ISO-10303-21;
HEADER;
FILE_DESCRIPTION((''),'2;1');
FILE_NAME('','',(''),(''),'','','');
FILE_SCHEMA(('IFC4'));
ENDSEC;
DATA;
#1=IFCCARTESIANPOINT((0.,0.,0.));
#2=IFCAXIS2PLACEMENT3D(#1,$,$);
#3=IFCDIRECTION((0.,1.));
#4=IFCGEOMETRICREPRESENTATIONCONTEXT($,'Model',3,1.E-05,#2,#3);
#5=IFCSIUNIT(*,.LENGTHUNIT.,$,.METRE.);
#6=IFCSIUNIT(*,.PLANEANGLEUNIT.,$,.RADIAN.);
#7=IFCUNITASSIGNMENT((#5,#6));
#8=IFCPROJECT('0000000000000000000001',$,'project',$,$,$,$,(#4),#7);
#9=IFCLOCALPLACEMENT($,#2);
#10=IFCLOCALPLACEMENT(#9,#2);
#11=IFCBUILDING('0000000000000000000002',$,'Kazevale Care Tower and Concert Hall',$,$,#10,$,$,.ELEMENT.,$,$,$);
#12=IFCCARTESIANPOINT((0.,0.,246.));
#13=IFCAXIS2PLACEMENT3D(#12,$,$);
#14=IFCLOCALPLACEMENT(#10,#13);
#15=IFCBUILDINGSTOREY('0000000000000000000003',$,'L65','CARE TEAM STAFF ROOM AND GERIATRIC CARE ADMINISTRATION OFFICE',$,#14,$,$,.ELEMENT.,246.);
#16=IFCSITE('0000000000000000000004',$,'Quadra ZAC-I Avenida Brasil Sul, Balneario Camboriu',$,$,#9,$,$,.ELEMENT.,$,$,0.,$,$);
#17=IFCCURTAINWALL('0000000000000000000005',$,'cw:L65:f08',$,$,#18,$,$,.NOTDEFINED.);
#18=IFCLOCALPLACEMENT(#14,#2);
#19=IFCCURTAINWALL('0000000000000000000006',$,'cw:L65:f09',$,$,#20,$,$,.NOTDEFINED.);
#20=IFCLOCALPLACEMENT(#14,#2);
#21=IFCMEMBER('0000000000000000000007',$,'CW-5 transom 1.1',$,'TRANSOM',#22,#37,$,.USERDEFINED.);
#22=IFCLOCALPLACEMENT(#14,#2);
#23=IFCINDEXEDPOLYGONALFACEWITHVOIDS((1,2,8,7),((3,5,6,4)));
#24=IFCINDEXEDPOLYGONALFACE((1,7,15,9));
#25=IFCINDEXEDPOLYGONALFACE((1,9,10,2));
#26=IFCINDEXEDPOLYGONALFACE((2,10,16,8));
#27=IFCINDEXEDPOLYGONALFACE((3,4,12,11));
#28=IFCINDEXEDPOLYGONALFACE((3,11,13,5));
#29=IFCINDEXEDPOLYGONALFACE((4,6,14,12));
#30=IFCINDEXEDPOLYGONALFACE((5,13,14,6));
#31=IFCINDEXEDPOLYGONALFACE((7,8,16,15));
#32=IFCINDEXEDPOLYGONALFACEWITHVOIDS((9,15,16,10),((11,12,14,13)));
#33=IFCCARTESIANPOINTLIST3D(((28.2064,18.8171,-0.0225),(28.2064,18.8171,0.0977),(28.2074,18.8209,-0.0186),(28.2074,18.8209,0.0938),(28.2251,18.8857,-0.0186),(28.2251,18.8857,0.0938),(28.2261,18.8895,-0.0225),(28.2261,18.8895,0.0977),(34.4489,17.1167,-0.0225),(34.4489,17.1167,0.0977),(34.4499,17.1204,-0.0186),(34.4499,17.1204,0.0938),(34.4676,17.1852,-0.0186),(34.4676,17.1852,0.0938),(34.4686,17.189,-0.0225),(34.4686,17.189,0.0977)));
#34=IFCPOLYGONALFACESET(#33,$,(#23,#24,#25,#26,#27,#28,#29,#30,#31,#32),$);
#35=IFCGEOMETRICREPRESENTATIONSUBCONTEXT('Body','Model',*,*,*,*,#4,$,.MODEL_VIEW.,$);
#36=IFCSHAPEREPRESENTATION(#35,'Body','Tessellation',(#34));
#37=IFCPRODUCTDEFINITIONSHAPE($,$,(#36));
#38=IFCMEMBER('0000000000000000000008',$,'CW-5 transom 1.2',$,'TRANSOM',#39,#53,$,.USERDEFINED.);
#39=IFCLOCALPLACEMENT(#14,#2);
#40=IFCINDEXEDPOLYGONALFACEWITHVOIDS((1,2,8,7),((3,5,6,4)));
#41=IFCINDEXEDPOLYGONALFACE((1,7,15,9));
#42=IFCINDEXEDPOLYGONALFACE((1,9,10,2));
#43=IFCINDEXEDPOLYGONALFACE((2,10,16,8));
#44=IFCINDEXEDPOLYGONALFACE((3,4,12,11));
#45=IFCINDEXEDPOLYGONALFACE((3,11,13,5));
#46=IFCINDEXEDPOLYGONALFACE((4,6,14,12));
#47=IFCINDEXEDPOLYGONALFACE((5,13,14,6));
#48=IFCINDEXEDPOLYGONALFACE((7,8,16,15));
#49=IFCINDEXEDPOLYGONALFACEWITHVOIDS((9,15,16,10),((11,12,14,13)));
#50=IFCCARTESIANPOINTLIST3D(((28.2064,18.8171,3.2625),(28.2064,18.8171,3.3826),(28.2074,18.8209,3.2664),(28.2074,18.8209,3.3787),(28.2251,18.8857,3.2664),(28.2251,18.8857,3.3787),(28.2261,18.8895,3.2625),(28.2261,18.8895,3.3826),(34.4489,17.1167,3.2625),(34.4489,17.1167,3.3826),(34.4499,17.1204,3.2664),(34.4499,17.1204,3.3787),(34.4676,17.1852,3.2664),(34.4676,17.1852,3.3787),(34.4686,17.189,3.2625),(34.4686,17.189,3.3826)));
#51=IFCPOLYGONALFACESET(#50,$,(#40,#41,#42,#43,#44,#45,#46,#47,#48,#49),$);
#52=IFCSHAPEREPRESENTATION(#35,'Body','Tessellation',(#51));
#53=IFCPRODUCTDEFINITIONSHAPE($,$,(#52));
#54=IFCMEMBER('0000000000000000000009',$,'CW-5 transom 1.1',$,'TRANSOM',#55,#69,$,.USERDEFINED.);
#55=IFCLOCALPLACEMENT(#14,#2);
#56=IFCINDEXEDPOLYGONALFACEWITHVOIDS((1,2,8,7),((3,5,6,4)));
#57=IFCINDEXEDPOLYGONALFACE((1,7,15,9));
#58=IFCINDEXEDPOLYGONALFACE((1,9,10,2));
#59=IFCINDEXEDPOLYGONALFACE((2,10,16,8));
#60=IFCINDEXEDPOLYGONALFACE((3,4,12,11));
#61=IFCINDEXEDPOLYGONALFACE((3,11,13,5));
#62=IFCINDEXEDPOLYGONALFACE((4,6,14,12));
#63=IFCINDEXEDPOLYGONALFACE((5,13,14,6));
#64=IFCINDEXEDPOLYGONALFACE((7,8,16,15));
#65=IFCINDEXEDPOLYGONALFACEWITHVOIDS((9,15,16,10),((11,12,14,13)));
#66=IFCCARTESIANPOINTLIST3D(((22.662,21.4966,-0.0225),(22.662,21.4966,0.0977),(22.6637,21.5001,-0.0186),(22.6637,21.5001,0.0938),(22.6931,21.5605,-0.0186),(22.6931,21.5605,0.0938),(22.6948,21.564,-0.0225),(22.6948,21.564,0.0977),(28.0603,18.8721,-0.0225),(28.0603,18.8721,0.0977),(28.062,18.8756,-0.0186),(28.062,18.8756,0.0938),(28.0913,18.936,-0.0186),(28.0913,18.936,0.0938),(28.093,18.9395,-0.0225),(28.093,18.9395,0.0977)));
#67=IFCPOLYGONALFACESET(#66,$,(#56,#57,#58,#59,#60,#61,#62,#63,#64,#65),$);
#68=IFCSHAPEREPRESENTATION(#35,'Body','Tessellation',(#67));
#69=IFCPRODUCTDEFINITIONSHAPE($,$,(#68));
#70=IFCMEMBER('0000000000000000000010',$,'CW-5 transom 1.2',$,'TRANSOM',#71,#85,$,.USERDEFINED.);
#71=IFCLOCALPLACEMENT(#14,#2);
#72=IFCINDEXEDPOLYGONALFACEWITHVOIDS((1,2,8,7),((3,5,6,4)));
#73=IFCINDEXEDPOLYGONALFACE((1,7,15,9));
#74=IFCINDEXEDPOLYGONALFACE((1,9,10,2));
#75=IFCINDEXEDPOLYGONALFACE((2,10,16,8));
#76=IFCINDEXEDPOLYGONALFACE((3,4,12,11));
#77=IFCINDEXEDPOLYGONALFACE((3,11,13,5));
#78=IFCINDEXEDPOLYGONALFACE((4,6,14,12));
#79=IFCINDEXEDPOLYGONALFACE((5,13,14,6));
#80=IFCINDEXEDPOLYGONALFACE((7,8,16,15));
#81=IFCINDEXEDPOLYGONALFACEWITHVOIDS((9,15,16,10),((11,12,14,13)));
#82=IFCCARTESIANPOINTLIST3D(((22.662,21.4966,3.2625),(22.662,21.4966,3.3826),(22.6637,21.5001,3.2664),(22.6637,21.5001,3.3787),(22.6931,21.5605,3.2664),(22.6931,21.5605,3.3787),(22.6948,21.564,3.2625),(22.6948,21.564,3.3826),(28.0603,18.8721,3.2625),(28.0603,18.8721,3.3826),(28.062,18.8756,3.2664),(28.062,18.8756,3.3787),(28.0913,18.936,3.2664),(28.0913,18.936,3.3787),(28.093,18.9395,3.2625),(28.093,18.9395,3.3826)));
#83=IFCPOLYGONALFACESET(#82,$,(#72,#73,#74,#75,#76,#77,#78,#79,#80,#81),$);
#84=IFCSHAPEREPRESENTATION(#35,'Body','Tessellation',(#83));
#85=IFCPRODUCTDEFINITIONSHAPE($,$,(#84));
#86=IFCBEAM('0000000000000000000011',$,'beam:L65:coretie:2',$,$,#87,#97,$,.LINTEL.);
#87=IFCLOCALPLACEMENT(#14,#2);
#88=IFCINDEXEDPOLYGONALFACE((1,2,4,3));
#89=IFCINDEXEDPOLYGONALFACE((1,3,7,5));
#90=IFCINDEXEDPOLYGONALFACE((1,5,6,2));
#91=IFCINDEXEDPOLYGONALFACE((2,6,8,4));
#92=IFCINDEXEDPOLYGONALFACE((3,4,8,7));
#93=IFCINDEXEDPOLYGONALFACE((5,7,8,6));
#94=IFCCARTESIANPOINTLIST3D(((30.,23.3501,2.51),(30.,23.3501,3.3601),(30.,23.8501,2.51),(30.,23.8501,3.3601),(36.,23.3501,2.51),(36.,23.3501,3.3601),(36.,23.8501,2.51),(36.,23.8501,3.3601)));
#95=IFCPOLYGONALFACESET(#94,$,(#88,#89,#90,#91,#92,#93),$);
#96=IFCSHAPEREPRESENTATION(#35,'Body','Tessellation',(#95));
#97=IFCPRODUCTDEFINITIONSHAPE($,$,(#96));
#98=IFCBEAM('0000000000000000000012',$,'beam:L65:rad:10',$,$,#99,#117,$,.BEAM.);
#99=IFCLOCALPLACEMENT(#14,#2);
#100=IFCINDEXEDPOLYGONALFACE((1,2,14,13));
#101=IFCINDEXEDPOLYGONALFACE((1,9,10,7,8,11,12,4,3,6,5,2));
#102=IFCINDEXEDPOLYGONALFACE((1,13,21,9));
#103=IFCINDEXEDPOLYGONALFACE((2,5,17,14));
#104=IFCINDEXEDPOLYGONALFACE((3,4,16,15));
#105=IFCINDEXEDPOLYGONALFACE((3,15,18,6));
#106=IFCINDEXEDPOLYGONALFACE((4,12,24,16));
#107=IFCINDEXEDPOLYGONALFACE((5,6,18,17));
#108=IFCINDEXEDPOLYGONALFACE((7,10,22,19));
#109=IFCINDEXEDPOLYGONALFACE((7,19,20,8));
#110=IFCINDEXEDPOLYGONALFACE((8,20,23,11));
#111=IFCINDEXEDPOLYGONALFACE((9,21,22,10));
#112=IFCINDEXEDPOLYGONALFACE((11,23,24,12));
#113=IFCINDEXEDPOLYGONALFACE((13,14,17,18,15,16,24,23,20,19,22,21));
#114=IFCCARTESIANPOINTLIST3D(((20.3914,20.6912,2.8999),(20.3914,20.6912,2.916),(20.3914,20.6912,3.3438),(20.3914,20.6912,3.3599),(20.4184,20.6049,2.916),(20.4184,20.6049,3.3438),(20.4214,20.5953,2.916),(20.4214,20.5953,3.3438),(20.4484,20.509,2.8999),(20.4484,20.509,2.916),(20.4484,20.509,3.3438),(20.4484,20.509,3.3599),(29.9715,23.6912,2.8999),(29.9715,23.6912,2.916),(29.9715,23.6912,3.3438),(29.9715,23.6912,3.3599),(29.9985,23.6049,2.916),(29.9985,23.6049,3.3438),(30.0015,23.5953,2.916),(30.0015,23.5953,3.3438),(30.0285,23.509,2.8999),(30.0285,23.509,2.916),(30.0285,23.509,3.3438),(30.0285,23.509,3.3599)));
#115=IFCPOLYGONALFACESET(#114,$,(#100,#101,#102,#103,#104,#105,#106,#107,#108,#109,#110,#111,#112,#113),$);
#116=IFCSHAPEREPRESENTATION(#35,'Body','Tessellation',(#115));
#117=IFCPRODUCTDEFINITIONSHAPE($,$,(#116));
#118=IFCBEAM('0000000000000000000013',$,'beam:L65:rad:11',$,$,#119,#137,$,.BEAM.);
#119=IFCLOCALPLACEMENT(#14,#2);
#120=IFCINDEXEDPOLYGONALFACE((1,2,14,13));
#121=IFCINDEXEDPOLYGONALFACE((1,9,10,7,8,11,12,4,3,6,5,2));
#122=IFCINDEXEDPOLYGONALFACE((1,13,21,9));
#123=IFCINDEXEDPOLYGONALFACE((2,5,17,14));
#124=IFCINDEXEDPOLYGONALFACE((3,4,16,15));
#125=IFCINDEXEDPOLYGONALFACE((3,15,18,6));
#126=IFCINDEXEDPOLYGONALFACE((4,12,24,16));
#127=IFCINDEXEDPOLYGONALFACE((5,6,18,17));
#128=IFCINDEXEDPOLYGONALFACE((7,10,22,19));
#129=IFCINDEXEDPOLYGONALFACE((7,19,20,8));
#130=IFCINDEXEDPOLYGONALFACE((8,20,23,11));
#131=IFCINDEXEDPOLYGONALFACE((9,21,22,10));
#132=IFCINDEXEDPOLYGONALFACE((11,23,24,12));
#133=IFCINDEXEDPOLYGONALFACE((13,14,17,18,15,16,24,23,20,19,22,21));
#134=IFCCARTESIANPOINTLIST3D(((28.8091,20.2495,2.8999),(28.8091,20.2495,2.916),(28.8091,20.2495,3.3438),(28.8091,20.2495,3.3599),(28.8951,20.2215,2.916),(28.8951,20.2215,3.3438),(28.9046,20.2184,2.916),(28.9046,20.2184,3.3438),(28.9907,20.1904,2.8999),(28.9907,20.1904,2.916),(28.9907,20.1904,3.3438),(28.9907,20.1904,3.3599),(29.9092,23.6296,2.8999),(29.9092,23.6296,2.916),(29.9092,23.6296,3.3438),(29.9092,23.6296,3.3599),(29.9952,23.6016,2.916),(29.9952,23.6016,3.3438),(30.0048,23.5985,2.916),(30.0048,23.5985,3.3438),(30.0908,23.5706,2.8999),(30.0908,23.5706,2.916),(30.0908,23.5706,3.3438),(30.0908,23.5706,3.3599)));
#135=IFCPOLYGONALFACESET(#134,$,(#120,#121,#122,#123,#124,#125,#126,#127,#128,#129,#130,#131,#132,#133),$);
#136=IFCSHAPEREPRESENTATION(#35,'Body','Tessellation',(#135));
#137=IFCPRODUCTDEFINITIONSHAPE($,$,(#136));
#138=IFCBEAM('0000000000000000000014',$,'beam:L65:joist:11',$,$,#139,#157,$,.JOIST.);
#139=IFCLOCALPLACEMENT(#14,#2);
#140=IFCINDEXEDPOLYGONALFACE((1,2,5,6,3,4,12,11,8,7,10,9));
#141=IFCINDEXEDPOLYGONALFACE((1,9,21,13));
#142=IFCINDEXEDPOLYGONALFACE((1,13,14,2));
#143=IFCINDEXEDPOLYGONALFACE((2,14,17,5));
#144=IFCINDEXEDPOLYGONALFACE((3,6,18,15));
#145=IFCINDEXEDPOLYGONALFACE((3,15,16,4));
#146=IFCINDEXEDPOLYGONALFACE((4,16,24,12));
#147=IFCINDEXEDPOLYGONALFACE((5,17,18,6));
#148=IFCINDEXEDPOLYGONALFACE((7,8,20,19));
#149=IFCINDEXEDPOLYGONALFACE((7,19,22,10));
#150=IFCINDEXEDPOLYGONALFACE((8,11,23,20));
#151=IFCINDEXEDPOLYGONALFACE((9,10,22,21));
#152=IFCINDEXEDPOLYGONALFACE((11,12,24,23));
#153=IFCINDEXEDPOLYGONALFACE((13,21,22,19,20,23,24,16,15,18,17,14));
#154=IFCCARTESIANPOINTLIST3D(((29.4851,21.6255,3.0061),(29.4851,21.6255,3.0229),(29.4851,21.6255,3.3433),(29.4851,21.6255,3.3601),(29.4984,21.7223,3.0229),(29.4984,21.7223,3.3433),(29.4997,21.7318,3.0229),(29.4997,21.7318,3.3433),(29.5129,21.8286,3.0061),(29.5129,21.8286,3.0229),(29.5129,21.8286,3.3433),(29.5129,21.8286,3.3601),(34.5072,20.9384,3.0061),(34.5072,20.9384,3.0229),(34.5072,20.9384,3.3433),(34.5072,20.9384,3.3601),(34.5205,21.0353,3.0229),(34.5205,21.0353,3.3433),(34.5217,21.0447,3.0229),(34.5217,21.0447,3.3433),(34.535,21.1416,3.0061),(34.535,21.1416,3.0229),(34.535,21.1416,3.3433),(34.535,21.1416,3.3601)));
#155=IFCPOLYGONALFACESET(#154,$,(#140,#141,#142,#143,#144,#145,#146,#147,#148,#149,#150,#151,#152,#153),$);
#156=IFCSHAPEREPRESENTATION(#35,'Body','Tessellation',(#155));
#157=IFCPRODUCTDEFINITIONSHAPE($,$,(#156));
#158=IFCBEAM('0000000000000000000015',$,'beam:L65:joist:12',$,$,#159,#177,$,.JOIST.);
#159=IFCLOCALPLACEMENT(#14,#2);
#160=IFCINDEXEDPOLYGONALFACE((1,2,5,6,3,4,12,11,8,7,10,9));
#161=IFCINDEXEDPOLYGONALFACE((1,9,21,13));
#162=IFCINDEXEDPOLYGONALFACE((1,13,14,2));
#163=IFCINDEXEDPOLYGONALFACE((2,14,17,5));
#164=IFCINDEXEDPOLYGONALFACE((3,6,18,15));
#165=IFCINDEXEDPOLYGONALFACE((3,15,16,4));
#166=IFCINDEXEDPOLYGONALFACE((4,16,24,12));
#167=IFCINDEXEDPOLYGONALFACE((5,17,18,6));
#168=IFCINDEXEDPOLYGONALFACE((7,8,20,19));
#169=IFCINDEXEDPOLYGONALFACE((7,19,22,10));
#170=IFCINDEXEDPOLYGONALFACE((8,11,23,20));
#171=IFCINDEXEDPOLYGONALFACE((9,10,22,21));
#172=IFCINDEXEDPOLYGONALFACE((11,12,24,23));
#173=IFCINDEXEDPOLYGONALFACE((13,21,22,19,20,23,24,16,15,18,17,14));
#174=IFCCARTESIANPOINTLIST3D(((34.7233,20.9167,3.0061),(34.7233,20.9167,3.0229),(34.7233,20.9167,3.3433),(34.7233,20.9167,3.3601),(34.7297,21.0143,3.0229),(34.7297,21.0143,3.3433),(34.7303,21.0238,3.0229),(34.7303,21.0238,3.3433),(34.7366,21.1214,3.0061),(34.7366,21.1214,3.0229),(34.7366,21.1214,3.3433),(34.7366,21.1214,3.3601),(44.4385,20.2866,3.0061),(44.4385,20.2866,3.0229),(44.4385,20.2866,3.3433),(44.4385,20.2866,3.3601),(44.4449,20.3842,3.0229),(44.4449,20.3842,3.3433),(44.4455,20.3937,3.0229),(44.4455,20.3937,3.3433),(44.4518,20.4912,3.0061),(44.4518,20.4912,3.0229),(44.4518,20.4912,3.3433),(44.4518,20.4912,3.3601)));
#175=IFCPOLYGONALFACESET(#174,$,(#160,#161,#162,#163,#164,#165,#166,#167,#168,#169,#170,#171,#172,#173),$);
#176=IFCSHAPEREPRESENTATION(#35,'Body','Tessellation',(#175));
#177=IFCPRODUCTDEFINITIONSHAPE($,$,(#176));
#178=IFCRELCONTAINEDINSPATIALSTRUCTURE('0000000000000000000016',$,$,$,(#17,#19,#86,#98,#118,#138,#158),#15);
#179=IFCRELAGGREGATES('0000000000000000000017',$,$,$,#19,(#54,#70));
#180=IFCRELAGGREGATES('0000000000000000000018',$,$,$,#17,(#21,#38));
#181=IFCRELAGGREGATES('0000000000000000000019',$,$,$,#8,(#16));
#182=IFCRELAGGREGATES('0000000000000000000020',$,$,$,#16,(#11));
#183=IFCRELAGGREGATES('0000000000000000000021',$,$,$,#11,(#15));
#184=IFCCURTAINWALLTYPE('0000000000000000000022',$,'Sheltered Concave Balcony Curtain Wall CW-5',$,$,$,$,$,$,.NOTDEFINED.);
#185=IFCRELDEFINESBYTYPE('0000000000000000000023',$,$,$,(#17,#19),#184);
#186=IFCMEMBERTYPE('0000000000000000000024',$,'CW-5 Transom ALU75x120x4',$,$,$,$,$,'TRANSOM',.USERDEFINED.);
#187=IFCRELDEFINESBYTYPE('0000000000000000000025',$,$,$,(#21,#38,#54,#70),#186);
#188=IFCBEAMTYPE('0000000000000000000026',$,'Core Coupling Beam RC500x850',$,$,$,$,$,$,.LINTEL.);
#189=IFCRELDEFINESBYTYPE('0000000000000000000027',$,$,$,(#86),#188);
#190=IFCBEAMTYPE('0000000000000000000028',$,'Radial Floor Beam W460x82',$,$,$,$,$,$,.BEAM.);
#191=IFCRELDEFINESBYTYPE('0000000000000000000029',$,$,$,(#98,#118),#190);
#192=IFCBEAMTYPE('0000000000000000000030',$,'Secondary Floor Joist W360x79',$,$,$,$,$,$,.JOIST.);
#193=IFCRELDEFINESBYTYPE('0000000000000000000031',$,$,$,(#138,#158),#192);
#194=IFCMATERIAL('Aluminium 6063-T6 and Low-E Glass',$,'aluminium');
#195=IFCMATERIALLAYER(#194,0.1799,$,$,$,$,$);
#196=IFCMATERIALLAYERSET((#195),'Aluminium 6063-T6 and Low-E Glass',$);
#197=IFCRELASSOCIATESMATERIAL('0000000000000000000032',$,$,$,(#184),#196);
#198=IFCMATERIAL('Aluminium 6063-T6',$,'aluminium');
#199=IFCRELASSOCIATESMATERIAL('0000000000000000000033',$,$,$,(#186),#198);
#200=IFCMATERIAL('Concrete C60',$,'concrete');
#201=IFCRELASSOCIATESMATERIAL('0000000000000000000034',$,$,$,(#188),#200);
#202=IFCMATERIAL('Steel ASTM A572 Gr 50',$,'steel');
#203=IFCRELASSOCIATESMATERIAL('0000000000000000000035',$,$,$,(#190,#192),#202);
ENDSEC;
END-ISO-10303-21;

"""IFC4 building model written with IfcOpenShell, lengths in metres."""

from ifc_helpers import new_model, si_unit, direction, frame, origin, origin_2d, place, context, subcontext, project, spatial, rectangle, hollow_rectangle, i_section, extrude, material, layer, layer_set, material_profile, profile_set, type_object, element, aggregate, save


model = new_model("IFC4")

# Units and contexts
model_context = context("Model", 3, precision=1e-05, world=origin(), true_north=direction((0.0, 1.0)))
body_context = subcontext(model_context, "Body", "Model", "MODEL_VIEW")
ifc_project = project(units=[si_unit("LENGTHUNIT", "METRE"), si_unit("PLANEANGLEUNIT", "RADIAN")], contexts=[model_context])

# Site, building, storey
site_placement = place(None, origin())
site = spatial("IfcSite", under=ifc_project, at=site_placement, Name="Quadra ZAC-I Avenida Brasil Sul, Balneario Camboriu", CompositionType="ELEMENT", RefElevation=0.0)
building_placement = place(site_placement, origin())
building = spatial("IfcBuilding", under=site, at=building_placement, Name="Kazevale Care Tower and Concert Hall", CompositionType="ELEMENT")
storey_placement = place(building_placement, frame((0.0, 0.0, 246.0)))
storey = spatial("IfcBuildingStorey", under=building, at=storey_placement, Name="L65", Description="CARE TEAM STAFF ROOM AND GERIATRIC CARE ADMINISTRATION OFFICE", CompositionType="ELEMENT", Elevation=246.0)

# Shared definitions
ifc_material_1 = material(Name="Aluminium 6063-T6 and Low-E Glass", Category="aluminium")
ifc_layer_1 = layer(ifc_material_1, 0.1799)
ifc_layer_set_1 = layer_set([ifc_layer_1], Name="Aluminium 6063-T6 and Low-E Glass")
curtain_wall_type = type_object("IfcCurtainWallType", Name="Sheltered Concave Balcony Curtain Wall CW-5", PredefinedType="NOTDEFINED", material=ifc_layer_set_1)
ifc_material_2 = material(Name="Aluminium 6063-T6", Category="aluminium")

# Curtain wall
curtain_wall_1_placement = place(storey_placement, origin())
curtain_wall_1 = element("IfcCurtainWall", 1, at=curtain_wall_1_placement, inside=storey, type_object=curtain_wall_type, Name="cw:L65:f08", PredefinedType="NOTDEFINED")

# Curtain wall
curtain_wall_2_placement = place(storey_placement, origin())
curtain_wall_2 = element("IfcCurtainWall", 2, at=curtain_wall_2_placement, inside=storey, type_object=curtain_wall_type, Name="cw:L65:f09", PredefinedType="NOTDEFINED")

# Members
ifc_material_profile_1 = material_profile(ifc_material_2, hollow_rectangle(XDim=0.075, YDim=0.1201, WallThickness=0.0039, at=origin_2d()), Name="ALU75x120x4")
ifc_profile_set_1 = profile_set([ifc_material_profile_1], Name="Aluminium 6063-T6")
member_type_1 = type_object("IfcMemberType", Name="CW-5 Transom ALU75x120x4", ElementType="TRANSOM", PredefinedType="USERDEFINED", material=ifc_profile_set_1)
member_1_placement = place(storey_placement, frame((34.4587, 17.1528, 0.0376), z_axis=(-0.964844, 0.262824, 0.0), x_axis=(-0.262824, -0.964844, 0.0)))
member_1 = element("IfcMember", 3, at=member_1_placement, type_object=member_type_1, Name="CW-5 transom 1.1", ObjectType="TRANSOM", PredefinedType="USERDEFINED", context=body_context, shape_type="SweptSolid", body=[
    extrude(hollow_rectangle(XDim=0.075, YDim=0.1201, WallThickness=0.0039, at=origin_2d()), origin(), (0.0, 0.0, 1.0), 6.47),
])
member_2_placement = place(storey_placement, frame((34.4587, 17.1528, 3.3225), z_axis=(-0.964844, 0.262824, 0.0), x_axis=(-0.262824, -0.964844, 0.0)))
member_2 = element("IfcMember", 4, at=member_2_placement, type_object=member_type_1, Name="CW-5 transom 1.2", ObjectType="TRANSOM", PredefinedType="USERDEFINED", context=body_context, shape_type="SweptSolid", body=[
    extrude(hollow_rectangle(XDim=0.075, YDim=0.1201, WallThickness=0.0039, at=origin_2d()), origin(), (0.0, 0.0, 1.0), 6.47),
])
member_3_placement = place(storey_placement, frame((28.0767, 18.9058, 0.0376), z_axis=(-0.899342, 0.437245, 0.0), x_axis=(-0.437245, -0.899342, 0.0)))
member_3 = element("IfcMember", 5, at=member_3_placement, type_object=member_type_1, Name="CW-5 transom 1.1", ObjectType="TRANSOM", PredefinedType="USERDEFINED", context=body_context, shape_type="SweptSolid", body=[
    extrude(hollow_rectangle(XDim=0.075, YDim=0.1201, WallThickness=0.0039, at=origin_2d()), origin(), (0.0, 0.0, 1.0), 6.0024),
])
member_4_placement = place(storey_placement, frame((28.0767, 18.9058, 3.3225), z_axis=(-0.899342, 0.437245, 0.0), x_axis=(-0.437245, -0.899342, 0.0)))
member_4 = element("IfcMember", 6, at=member_4_placement, type_object=member_type_1, Name="CW-5 transom 1.2", ObjectType="TRANSOM", PredefinedType="USERDEFINED", context=body_context, shape_type="SweptSolid", body=[
    extrude(hollow_rectangle(XDim=0.075, YDim=0.1201, WallThickness=0.0039, at=origin_2d()), origin(), (0.0, 0.0, 1.0), 6.0024),
])
aggregate(curtain_wall_2, [member_3, member_4])

# Beams
ifc_material_3 = material(Name="Concrete C60", Category="concrete")
ifc_material_profile_2 = material_profile(ifc_material_3, rectangle(XDim=0.5, YDim=0.8501, at=origin_2d()), Name="RC-B500x850")
ifc_profile_set_2 = profile_set([ifc_material_profile_2], Name="Concrete C60")
beam_type_1 = type_object("IfcBeamType", Name="Core Coupling Beam RC500x850", PredefinedType="LINTEL", material=ifc_profile_set_2)
beam_1_placement = place(storey_placement, frame((30.0, 23.6001, 2.9351), z_axis=(1.0, 0.0, 0.0), x_axis=(0.0, 1.0, 0.0)))
element("IfcBeam", 7, at=beam_1_placement, inside=storey, type_object=beam_type_1, Name="beam:L65:coretie:2", PredefinedType="LINTEL", context=body_context, shape_type="SweptSolid", body=[
    extrude(rectangle(XDim=0.5, YDim=0.8501, at=origin_2d()), origin(), (0.0, 0.0, 1.0), 6.0),
])
ifc_material_4 = material(Name="Steel ASTM A572 Gr 50", Category="steel")
ifc_material_profile_3 = material_profile(ifc_material_4, i_section(OverallWidth=0.1909, OverallDepth=0.46, WebThickness=0.01, FlangeThickness=0.0161, at=origin_2d()), Name="W460x82")
ifc_profile_set_3 = profile_set([ifc_material_profile_3], Name="Steel ASTM A572 Gr 50")
beam_type_2 = type_object("IfcBeamType", Name="Radial Floor Beam W460x82", PredefinedType="BEAM", material=ifc_profile_set_3)
beam_2_placement = place(storey_placement, frame((30.0, 23.6001, 3.1299), z_axis=(-0.954303, -0.29884, 0.0), x_axis=(0.29884, -0.954303, 0.0)))
element("IfcBeam", 8, at=beam_2_placement, inside=storey, type_object=beam_type_2, Name="beam:L65:rad:10", PredefinedType="BEAM", context=body_context, shape_type="SweptSolid", body=[
    extrude(i_section(OverallWidth=0.1909, OverallDepth=0.46, WebThickness=0.01, FlangeThickness=0.0161, at=origin_2d()), origin(), (0.0, 0.0, 1.0), 10.0388),
])
beam_3_placement = place(storey_placement, frame((30.0, 23.6001, 3.1299), z_axis=(-0.309482, -0.950905, 0.0), x_axis=(0.950905, -0.309482, 0.0)))
element("IfcBeam", 9, at=beam_3_placement, inside=storey, type_object=beam_type_2, Name="beam:L65:rad:11", PredefinedType="BEAM", context=body_context, shape_type="SweptSolid", body=[
    extrude(i_section(OverallWidth=0.1909, OverallDepth=0.46, WebThickness=0.01, FlangeThickness=0.0161, at=origin_2d()), origin(), (0.0, 0.0, 1.0), 3.5547),
])
ifc_material_profile_4 = material_profile(ifc_material_4, i_section(OverallWidth=0.2051, OverallDepth=0.354, WebThickness=0.0095, FlangeThickness=0.0168, at=origin_2d()), Name="W360x79")
ifc_profile_set_4 = profile_set([ifc_material_profile_4], Name="Steel ASTM A572 Gr 50")
beam_type_3 = type_object("IfcBeamType", Name="Secondary Floor Joist W360x79", PredefinedType="JOIST", material=ifc_profile_set_4)
beam_4_placement = place(storey_placement, frame((29.499, 21.7271, 3.1831), z_axis=(0.990772, -0.135539, 0.0), x_axis=(0.135539, 0.990772, 0.0)))
element("IfcBeam", 10, at=beam_4_placement, inside=storey, type_object=beam_type_3, Name="beam:L65:joist:11", PredefinedType="JOIST", context=body_context, shape_type="SweptSolid", body=[
    extrude(i_section(OverallWidth=0.2051, OverallDepth=0.354, WebThickness=0.0095, FlangeThickness=0.0168, at=origin_2d()), origin(), (0.0, 0.0, 1.0), 5.0688),
])
beam_5_placement = place(storey_placement, frame((34.73, 21.019, 3.1831), z_axis=(0.997903, -0.064725, 0.0), x_axis=(0.064725, 0.997903, 0.0)))
element("IfcBeam", 11, at=beam_5_placement, inside=storey, type_object=beam_type_3, Name="beam:L65:joist:12", PredefinedType="JOIST", context=body_context, shape_type="SweptSolid", body=[
    extrude(i_section(OverallWidth=0.2051, OverallDepth=0.354, WebThickness=0.0095, FlangeThickness=0.0168, at=origin_2d()), origin(), (0.0, 0.0, 1.0), 9.7356),
])

aggregate(curtain_wall_1, [member_1, member_2])

save(model, "model.ifc")
